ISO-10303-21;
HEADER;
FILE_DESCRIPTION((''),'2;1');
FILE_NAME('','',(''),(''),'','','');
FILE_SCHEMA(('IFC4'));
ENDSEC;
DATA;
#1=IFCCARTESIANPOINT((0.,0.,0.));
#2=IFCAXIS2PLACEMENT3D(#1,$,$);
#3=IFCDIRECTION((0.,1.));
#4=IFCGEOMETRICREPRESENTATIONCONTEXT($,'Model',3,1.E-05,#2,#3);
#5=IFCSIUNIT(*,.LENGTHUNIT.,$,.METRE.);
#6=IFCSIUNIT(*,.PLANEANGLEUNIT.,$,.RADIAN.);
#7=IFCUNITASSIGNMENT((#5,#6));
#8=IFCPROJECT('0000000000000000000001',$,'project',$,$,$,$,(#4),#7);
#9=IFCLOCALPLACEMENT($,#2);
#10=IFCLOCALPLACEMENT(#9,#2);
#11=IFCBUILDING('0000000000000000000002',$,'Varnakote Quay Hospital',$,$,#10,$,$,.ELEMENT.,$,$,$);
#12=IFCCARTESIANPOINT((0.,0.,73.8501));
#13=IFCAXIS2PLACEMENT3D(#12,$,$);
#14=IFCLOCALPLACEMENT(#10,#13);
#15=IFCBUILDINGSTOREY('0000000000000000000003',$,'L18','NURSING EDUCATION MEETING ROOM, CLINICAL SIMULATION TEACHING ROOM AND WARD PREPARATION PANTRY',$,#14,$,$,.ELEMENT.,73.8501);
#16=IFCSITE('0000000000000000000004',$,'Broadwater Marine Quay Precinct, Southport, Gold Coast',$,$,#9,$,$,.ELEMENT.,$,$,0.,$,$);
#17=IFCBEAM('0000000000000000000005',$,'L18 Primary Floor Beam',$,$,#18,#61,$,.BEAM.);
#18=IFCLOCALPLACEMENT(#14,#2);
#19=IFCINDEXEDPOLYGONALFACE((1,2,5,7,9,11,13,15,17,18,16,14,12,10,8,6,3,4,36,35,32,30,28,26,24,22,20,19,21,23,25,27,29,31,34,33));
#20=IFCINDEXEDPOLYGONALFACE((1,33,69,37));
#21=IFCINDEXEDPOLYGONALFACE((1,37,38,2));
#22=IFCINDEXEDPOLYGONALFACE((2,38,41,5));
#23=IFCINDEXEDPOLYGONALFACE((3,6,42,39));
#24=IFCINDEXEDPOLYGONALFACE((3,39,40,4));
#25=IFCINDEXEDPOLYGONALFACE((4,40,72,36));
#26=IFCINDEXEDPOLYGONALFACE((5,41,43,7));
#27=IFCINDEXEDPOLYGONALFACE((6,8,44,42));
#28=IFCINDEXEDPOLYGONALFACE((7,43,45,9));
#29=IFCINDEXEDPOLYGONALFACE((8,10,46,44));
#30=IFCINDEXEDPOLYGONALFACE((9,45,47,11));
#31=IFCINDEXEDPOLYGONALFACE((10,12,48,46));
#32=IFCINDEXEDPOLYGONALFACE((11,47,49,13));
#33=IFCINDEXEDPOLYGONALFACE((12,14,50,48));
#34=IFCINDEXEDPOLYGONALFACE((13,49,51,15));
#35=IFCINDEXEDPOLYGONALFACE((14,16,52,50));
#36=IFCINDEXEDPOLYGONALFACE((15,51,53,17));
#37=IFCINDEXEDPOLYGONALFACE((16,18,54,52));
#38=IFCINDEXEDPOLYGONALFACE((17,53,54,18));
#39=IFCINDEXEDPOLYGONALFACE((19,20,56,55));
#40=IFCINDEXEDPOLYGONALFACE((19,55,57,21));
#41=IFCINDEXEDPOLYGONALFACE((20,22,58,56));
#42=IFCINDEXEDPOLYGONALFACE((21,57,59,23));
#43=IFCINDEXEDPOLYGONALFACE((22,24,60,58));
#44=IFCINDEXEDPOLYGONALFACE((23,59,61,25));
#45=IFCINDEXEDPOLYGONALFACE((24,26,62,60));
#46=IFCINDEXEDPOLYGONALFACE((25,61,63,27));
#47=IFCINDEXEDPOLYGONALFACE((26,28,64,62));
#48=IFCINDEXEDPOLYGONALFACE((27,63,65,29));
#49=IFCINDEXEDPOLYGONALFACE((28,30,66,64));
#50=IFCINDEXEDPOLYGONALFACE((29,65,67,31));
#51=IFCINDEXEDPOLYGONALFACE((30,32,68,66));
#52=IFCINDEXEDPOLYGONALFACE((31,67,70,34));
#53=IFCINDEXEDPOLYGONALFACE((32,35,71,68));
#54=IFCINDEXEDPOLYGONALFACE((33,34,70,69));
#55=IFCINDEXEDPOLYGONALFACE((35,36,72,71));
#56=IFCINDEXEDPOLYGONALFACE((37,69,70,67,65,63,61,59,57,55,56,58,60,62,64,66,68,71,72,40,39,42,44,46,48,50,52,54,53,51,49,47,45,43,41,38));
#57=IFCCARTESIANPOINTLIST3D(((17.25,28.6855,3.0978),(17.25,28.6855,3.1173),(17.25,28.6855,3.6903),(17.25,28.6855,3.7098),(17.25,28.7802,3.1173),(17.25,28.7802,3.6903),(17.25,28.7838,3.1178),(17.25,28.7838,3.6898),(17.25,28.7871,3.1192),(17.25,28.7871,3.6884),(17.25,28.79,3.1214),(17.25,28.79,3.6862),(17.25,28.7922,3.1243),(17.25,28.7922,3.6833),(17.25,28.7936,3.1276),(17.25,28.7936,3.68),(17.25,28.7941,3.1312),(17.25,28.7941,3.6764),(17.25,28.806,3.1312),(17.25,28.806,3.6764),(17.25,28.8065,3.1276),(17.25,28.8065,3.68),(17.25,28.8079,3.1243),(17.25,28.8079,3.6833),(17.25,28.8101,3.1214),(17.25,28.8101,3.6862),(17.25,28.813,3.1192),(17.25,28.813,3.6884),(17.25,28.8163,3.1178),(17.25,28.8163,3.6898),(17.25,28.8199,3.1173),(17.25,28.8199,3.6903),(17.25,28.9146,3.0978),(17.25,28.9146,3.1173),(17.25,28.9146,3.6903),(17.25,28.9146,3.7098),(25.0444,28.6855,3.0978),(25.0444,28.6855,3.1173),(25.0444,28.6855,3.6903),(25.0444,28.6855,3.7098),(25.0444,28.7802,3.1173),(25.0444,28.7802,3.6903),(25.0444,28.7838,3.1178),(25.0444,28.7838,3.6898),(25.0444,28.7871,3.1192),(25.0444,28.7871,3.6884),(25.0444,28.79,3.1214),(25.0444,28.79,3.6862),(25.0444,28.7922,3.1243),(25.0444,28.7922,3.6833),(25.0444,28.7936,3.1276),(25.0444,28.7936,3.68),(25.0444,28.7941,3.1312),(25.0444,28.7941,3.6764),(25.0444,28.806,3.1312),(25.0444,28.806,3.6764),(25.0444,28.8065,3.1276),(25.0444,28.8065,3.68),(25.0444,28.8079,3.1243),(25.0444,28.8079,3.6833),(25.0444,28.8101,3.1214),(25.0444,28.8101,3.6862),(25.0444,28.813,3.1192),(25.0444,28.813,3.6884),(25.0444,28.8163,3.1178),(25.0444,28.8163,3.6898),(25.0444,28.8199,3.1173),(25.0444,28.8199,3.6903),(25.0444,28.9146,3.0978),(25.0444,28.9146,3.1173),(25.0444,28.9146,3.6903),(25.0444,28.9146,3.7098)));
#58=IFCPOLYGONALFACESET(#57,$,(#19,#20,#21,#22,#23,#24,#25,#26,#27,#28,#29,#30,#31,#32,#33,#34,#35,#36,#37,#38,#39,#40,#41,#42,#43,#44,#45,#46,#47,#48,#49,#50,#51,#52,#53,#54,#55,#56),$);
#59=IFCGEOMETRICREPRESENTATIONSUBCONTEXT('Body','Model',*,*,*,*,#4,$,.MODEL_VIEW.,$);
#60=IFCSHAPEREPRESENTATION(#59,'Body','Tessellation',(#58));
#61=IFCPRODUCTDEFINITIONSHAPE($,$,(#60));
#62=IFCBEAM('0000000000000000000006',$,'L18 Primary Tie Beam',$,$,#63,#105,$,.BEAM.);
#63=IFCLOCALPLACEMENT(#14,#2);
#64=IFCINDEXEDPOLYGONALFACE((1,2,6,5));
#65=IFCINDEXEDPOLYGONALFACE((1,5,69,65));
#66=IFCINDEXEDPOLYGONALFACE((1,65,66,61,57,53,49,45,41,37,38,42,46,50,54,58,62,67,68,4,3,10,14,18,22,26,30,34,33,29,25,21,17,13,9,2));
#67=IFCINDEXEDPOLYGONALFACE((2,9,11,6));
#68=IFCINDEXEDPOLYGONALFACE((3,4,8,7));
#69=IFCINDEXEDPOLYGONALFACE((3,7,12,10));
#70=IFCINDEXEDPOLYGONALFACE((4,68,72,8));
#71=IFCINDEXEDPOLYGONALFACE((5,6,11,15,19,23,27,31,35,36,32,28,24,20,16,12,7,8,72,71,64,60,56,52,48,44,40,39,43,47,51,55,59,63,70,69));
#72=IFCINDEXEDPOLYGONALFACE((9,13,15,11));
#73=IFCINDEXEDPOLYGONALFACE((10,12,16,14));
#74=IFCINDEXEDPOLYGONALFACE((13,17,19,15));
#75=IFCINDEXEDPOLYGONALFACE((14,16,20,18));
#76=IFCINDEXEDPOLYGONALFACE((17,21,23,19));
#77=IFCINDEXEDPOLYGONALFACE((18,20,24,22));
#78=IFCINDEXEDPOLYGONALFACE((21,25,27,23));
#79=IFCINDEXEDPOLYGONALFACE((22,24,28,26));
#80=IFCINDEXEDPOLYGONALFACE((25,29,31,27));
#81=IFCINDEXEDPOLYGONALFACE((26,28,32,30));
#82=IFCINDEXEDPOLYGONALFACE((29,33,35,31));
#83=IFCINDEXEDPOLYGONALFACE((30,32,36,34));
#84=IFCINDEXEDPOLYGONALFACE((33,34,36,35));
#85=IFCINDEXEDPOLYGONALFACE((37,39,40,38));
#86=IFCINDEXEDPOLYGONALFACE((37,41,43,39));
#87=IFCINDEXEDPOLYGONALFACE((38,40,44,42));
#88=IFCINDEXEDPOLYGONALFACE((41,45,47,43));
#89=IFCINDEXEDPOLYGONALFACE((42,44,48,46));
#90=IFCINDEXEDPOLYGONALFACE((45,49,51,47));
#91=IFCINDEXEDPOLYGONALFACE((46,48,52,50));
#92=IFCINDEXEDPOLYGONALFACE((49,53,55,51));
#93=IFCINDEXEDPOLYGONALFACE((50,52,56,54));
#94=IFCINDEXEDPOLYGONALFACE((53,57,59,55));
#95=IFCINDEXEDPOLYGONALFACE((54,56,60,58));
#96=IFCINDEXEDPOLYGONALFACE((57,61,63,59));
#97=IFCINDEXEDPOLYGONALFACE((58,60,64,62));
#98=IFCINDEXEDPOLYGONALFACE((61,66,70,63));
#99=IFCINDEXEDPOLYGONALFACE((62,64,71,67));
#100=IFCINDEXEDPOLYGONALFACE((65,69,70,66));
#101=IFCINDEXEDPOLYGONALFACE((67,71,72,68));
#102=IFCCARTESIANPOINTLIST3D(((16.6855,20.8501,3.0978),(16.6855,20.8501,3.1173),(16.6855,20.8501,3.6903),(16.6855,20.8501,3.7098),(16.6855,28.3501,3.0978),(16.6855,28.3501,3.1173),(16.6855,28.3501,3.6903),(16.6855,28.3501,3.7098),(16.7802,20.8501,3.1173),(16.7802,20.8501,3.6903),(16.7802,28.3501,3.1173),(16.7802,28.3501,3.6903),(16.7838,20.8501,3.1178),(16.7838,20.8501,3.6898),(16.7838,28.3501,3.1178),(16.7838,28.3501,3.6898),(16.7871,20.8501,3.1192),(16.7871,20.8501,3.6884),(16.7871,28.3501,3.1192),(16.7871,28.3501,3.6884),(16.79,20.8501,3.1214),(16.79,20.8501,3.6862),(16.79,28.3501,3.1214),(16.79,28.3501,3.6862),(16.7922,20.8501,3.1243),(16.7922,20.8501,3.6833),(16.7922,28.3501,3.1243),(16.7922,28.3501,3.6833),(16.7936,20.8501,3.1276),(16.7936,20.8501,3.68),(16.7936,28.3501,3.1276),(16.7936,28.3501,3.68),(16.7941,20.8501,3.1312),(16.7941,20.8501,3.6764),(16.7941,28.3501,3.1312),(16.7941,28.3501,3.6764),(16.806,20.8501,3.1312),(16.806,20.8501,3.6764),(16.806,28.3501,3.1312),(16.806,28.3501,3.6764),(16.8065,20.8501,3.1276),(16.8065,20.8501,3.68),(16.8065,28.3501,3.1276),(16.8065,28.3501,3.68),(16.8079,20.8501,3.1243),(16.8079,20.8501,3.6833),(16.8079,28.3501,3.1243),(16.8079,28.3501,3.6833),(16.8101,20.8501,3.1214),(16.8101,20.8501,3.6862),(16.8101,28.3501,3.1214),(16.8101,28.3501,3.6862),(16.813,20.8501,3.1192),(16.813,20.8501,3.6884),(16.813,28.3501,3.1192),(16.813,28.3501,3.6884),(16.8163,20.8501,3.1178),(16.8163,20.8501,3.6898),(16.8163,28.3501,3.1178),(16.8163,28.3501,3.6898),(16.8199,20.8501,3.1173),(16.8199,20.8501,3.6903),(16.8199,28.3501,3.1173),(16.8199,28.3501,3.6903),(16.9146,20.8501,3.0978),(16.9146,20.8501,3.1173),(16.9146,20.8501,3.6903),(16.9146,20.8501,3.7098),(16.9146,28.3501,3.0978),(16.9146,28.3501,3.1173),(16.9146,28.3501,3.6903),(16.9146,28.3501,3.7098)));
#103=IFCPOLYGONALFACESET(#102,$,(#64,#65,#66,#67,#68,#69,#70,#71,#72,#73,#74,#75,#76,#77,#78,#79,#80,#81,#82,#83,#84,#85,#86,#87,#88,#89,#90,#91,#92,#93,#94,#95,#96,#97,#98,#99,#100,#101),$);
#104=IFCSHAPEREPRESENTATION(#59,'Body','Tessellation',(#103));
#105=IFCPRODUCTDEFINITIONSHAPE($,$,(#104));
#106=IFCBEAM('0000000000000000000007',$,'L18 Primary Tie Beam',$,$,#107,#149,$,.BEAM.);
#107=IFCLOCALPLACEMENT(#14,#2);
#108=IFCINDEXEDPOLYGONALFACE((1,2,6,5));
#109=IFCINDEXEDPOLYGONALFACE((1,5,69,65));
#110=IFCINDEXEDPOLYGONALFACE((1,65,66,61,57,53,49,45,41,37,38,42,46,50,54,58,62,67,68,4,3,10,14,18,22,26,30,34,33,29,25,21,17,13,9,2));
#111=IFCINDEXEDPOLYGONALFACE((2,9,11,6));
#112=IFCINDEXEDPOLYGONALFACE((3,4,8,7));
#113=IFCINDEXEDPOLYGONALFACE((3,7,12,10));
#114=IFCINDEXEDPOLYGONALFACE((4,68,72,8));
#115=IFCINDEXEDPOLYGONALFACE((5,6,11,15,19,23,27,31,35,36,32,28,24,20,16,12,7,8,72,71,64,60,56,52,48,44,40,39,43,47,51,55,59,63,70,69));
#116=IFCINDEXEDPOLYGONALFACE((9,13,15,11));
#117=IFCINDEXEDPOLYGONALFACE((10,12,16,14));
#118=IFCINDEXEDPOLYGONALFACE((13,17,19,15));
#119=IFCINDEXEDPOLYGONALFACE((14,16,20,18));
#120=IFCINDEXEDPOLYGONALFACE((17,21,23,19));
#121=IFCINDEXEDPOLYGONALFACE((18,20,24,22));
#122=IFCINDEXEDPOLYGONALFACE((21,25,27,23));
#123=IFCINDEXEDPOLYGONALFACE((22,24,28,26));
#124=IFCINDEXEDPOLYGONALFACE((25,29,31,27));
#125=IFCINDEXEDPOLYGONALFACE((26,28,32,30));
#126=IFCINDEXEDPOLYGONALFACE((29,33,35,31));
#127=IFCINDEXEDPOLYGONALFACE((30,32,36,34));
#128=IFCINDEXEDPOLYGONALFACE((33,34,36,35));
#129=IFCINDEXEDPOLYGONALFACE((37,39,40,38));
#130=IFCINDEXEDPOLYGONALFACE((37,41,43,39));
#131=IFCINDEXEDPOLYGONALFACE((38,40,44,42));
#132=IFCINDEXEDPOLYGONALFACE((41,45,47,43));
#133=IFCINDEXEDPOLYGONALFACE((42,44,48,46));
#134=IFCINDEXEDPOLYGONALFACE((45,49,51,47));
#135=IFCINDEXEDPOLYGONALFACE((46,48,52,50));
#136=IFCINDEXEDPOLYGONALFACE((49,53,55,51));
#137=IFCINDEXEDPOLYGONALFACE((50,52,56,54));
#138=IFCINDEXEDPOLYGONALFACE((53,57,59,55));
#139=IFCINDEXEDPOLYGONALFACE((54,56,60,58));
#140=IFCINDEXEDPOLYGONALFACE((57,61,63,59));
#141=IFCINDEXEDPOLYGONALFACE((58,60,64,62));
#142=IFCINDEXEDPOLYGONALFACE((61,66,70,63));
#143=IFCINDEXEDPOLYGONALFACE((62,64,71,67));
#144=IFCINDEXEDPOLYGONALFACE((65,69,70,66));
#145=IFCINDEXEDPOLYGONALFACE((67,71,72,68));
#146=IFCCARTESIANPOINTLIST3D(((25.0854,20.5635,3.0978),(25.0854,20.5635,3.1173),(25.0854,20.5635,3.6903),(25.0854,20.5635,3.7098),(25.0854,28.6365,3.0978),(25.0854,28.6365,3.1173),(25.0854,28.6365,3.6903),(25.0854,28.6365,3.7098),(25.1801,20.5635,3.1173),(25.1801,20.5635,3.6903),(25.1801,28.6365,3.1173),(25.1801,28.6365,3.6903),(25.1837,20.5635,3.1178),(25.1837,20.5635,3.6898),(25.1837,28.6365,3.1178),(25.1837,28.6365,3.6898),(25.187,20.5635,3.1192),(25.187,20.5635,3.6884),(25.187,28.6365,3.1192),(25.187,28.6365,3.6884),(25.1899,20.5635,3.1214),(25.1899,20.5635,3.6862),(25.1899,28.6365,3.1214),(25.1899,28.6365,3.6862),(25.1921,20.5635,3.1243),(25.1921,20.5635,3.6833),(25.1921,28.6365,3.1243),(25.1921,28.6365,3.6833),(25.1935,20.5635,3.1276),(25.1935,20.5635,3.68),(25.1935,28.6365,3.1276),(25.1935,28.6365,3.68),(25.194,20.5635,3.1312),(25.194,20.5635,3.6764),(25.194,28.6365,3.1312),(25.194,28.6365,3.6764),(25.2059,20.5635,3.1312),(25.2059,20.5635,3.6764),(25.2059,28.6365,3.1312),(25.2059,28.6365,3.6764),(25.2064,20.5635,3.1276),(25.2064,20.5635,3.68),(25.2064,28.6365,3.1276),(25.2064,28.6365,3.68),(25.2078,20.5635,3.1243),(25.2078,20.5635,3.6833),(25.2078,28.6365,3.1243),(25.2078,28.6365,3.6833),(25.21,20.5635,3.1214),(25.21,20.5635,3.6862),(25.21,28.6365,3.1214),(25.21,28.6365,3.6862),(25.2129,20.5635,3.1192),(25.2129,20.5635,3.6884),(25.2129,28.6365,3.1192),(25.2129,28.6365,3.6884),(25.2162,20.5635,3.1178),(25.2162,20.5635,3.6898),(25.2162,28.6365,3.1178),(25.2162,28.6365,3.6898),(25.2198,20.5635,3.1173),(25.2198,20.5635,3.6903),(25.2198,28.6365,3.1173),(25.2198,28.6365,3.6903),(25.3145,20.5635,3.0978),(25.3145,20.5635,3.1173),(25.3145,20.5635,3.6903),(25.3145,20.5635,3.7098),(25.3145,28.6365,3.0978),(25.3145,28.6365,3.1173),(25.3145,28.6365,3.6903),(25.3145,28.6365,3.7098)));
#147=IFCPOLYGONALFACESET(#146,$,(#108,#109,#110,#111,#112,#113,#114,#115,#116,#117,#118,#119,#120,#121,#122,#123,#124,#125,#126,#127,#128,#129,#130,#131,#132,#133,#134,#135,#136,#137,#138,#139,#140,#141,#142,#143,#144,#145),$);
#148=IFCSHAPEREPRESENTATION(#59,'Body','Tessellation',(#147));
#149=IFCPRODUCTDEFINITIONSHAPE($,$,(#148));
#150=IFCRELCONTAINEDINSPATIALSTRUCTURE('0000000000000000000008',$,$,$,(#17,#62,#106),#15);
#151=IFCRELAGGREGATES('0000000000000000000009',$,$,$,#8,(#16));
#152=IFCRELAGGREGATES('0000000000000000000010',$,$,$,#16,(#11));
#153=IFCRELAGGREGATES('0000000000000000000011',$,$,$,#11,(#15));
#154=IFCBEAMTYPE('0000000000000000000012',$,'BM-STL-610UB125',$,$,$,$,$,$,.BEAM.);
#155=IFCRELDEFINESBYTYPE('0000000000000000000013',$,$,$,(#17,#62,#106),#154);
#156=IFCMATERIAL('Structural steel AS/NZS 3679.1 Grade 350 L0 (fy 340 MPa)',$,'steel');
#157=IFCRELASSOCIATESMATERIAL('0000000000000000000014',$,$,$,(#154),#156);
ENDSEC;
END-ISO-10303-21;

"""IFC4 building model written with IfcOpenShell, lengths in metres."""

from ifc_helpers import new_model, si_unit, direction, frame, origin, origin_2d, place, context, subcontext, project, spatial, i_section, extrude, material, material_profile, profile_set, type_object, element, save


model = new_model("IFC4")

# Units and contexts
model_context = context("Model", 3, precision=1e-05, world=origin(), true_north=direction((0.0, 1.0)))
body_context = subcontext(model_context, "Body", "Model", "MODEL_VIEW")
ifc_project = project(units=[si_unit("LENGTHUNIT", "METRE"), si_unit("PLANEANGLEUNIT", "RADIAN")], contexts=[model_context])

# Site, building, storey
site_placement = place(None, origin())
site = spatial("IfcSite", under=ifc_project, at=site_placement, Name="Broadwater Marine Quay Precinct, Southport, Gold Coast", CompositionType="ELEMENT", RefElevation=0.0)
building_placement = place(site_placement, origin())
building = spatial("IfcBuilding", under=site, at=building_placement, Name="Varnakote Quay Hospital", CompositionType="ELEMENT")
storey_placement = place(building_placement, frame((0.0, 0.0, 73.8501)))
storey = spatial("IfcBuildingStorey", under=building, at=storey_placement, Name="L18", Description="NURSING EDUCATION MEETING ROOM, CLINICAL SIMULATION TEACHING ROOM AND WARD PREPARATION PANTRY", CompositionType="ELEMENT", Elevation=73.8501)

# Beams
ifc_material_1 = material(Name="Structural steel AS/NZS 3679.1 Grade 350 L0 (fy 340 MPa)", Category="steel")
ifc_material_profile_1 = material_profile(ifc_material_1, i_section(OverallWidth=0.229, OverallDepth=0.6121, WebThickness=0.012, FlangeThickness=0.0195, FilletRadius=0.0139, at=origin_2d()), Name="610UB125")
ifc_profile_set_1 = profile_set([ifc_material_profile_1], Name="Structural steel AS/NZS 3679.1 Grade 350 L0 (fy 340 MPa)")
beam_type_1 = type_object("IfcBeamType", Name="BM-STL-610UB125", PredefinedType="BEAM", material=ifc_profile_set_1)
for number, where, z_axis, x_axis, name in (
    (1, (17.25, 28.8, 3.4038), (1.0, 0.0, 0.0), (0.0, 1.0, 0.0), "L18 Primary Floor Beam"),
):
    element("IfcBeam", number, at=place(storey_placement, frame(where, z_axis=z_axis, x_axis=x_axis)), inside=storey, type_object=beam_type_1, Name=name, PredefinedType="BEAM", context=body_context, shape_type="SweptSolid", body=[
        extrude(i_section(OverallWidth=0.229, OverallDepth=0.6121, WebThickness=0.012, FlangeThickness=0.0195, FilletRadius=0.0139, at=origin_2d()), origin(), (0.0, 0.0, 1.0), 7.7944),
    ])
beam_1_placement = place(storey_placement, frame((16.8, 20.8501, 3.4038), z_axis=(0.0, 1.0, 0.0), x_axis=(-1.0, 0.0, 0.0)))
element("IfcBeam", 2, at=beam_1_placement, inside=storey, type_object=beam_type_1, Name="L18 Primary Tie Beam", PredefinedType="BEAM", context=body_context, shape_type="SweptSolid", body=[
    extrude(i_section(OverallWidth=0.229, OverallDepth=0.6121, WebThickness=0.012, FlangeThickness=0.0195, FilletRadius=0.0139, at=origin_2d()), origin(), (0.0, 0.0, 1.0), 7.5),
])
beam_2_placement = place(storey_placement, frame((25.2, 20.5635, 3.4038), z_axis=(0.0, 1.0, 0.0), x_axis=(-1.0, 0.0, 0.0)))
element("IfcBeam", 3, at=beam_2_placement, inside=storey, type_object=beam_type_1, Name="L18 Primary Tie Beam", PredefinedType="BEAM", context=body_context, shape_type="SweptSolid", body=[
    extrude(i_section(OverallWidth=0.229, OverallDepth=0.6121, WebThickness=0.012, FlangeThickness=0.0195, FilletRadius=0.0139, at=origin_2d()), origin(), (0.0, 0.0, 1.0), 8.073),
])

save(model, "model.ifc")
